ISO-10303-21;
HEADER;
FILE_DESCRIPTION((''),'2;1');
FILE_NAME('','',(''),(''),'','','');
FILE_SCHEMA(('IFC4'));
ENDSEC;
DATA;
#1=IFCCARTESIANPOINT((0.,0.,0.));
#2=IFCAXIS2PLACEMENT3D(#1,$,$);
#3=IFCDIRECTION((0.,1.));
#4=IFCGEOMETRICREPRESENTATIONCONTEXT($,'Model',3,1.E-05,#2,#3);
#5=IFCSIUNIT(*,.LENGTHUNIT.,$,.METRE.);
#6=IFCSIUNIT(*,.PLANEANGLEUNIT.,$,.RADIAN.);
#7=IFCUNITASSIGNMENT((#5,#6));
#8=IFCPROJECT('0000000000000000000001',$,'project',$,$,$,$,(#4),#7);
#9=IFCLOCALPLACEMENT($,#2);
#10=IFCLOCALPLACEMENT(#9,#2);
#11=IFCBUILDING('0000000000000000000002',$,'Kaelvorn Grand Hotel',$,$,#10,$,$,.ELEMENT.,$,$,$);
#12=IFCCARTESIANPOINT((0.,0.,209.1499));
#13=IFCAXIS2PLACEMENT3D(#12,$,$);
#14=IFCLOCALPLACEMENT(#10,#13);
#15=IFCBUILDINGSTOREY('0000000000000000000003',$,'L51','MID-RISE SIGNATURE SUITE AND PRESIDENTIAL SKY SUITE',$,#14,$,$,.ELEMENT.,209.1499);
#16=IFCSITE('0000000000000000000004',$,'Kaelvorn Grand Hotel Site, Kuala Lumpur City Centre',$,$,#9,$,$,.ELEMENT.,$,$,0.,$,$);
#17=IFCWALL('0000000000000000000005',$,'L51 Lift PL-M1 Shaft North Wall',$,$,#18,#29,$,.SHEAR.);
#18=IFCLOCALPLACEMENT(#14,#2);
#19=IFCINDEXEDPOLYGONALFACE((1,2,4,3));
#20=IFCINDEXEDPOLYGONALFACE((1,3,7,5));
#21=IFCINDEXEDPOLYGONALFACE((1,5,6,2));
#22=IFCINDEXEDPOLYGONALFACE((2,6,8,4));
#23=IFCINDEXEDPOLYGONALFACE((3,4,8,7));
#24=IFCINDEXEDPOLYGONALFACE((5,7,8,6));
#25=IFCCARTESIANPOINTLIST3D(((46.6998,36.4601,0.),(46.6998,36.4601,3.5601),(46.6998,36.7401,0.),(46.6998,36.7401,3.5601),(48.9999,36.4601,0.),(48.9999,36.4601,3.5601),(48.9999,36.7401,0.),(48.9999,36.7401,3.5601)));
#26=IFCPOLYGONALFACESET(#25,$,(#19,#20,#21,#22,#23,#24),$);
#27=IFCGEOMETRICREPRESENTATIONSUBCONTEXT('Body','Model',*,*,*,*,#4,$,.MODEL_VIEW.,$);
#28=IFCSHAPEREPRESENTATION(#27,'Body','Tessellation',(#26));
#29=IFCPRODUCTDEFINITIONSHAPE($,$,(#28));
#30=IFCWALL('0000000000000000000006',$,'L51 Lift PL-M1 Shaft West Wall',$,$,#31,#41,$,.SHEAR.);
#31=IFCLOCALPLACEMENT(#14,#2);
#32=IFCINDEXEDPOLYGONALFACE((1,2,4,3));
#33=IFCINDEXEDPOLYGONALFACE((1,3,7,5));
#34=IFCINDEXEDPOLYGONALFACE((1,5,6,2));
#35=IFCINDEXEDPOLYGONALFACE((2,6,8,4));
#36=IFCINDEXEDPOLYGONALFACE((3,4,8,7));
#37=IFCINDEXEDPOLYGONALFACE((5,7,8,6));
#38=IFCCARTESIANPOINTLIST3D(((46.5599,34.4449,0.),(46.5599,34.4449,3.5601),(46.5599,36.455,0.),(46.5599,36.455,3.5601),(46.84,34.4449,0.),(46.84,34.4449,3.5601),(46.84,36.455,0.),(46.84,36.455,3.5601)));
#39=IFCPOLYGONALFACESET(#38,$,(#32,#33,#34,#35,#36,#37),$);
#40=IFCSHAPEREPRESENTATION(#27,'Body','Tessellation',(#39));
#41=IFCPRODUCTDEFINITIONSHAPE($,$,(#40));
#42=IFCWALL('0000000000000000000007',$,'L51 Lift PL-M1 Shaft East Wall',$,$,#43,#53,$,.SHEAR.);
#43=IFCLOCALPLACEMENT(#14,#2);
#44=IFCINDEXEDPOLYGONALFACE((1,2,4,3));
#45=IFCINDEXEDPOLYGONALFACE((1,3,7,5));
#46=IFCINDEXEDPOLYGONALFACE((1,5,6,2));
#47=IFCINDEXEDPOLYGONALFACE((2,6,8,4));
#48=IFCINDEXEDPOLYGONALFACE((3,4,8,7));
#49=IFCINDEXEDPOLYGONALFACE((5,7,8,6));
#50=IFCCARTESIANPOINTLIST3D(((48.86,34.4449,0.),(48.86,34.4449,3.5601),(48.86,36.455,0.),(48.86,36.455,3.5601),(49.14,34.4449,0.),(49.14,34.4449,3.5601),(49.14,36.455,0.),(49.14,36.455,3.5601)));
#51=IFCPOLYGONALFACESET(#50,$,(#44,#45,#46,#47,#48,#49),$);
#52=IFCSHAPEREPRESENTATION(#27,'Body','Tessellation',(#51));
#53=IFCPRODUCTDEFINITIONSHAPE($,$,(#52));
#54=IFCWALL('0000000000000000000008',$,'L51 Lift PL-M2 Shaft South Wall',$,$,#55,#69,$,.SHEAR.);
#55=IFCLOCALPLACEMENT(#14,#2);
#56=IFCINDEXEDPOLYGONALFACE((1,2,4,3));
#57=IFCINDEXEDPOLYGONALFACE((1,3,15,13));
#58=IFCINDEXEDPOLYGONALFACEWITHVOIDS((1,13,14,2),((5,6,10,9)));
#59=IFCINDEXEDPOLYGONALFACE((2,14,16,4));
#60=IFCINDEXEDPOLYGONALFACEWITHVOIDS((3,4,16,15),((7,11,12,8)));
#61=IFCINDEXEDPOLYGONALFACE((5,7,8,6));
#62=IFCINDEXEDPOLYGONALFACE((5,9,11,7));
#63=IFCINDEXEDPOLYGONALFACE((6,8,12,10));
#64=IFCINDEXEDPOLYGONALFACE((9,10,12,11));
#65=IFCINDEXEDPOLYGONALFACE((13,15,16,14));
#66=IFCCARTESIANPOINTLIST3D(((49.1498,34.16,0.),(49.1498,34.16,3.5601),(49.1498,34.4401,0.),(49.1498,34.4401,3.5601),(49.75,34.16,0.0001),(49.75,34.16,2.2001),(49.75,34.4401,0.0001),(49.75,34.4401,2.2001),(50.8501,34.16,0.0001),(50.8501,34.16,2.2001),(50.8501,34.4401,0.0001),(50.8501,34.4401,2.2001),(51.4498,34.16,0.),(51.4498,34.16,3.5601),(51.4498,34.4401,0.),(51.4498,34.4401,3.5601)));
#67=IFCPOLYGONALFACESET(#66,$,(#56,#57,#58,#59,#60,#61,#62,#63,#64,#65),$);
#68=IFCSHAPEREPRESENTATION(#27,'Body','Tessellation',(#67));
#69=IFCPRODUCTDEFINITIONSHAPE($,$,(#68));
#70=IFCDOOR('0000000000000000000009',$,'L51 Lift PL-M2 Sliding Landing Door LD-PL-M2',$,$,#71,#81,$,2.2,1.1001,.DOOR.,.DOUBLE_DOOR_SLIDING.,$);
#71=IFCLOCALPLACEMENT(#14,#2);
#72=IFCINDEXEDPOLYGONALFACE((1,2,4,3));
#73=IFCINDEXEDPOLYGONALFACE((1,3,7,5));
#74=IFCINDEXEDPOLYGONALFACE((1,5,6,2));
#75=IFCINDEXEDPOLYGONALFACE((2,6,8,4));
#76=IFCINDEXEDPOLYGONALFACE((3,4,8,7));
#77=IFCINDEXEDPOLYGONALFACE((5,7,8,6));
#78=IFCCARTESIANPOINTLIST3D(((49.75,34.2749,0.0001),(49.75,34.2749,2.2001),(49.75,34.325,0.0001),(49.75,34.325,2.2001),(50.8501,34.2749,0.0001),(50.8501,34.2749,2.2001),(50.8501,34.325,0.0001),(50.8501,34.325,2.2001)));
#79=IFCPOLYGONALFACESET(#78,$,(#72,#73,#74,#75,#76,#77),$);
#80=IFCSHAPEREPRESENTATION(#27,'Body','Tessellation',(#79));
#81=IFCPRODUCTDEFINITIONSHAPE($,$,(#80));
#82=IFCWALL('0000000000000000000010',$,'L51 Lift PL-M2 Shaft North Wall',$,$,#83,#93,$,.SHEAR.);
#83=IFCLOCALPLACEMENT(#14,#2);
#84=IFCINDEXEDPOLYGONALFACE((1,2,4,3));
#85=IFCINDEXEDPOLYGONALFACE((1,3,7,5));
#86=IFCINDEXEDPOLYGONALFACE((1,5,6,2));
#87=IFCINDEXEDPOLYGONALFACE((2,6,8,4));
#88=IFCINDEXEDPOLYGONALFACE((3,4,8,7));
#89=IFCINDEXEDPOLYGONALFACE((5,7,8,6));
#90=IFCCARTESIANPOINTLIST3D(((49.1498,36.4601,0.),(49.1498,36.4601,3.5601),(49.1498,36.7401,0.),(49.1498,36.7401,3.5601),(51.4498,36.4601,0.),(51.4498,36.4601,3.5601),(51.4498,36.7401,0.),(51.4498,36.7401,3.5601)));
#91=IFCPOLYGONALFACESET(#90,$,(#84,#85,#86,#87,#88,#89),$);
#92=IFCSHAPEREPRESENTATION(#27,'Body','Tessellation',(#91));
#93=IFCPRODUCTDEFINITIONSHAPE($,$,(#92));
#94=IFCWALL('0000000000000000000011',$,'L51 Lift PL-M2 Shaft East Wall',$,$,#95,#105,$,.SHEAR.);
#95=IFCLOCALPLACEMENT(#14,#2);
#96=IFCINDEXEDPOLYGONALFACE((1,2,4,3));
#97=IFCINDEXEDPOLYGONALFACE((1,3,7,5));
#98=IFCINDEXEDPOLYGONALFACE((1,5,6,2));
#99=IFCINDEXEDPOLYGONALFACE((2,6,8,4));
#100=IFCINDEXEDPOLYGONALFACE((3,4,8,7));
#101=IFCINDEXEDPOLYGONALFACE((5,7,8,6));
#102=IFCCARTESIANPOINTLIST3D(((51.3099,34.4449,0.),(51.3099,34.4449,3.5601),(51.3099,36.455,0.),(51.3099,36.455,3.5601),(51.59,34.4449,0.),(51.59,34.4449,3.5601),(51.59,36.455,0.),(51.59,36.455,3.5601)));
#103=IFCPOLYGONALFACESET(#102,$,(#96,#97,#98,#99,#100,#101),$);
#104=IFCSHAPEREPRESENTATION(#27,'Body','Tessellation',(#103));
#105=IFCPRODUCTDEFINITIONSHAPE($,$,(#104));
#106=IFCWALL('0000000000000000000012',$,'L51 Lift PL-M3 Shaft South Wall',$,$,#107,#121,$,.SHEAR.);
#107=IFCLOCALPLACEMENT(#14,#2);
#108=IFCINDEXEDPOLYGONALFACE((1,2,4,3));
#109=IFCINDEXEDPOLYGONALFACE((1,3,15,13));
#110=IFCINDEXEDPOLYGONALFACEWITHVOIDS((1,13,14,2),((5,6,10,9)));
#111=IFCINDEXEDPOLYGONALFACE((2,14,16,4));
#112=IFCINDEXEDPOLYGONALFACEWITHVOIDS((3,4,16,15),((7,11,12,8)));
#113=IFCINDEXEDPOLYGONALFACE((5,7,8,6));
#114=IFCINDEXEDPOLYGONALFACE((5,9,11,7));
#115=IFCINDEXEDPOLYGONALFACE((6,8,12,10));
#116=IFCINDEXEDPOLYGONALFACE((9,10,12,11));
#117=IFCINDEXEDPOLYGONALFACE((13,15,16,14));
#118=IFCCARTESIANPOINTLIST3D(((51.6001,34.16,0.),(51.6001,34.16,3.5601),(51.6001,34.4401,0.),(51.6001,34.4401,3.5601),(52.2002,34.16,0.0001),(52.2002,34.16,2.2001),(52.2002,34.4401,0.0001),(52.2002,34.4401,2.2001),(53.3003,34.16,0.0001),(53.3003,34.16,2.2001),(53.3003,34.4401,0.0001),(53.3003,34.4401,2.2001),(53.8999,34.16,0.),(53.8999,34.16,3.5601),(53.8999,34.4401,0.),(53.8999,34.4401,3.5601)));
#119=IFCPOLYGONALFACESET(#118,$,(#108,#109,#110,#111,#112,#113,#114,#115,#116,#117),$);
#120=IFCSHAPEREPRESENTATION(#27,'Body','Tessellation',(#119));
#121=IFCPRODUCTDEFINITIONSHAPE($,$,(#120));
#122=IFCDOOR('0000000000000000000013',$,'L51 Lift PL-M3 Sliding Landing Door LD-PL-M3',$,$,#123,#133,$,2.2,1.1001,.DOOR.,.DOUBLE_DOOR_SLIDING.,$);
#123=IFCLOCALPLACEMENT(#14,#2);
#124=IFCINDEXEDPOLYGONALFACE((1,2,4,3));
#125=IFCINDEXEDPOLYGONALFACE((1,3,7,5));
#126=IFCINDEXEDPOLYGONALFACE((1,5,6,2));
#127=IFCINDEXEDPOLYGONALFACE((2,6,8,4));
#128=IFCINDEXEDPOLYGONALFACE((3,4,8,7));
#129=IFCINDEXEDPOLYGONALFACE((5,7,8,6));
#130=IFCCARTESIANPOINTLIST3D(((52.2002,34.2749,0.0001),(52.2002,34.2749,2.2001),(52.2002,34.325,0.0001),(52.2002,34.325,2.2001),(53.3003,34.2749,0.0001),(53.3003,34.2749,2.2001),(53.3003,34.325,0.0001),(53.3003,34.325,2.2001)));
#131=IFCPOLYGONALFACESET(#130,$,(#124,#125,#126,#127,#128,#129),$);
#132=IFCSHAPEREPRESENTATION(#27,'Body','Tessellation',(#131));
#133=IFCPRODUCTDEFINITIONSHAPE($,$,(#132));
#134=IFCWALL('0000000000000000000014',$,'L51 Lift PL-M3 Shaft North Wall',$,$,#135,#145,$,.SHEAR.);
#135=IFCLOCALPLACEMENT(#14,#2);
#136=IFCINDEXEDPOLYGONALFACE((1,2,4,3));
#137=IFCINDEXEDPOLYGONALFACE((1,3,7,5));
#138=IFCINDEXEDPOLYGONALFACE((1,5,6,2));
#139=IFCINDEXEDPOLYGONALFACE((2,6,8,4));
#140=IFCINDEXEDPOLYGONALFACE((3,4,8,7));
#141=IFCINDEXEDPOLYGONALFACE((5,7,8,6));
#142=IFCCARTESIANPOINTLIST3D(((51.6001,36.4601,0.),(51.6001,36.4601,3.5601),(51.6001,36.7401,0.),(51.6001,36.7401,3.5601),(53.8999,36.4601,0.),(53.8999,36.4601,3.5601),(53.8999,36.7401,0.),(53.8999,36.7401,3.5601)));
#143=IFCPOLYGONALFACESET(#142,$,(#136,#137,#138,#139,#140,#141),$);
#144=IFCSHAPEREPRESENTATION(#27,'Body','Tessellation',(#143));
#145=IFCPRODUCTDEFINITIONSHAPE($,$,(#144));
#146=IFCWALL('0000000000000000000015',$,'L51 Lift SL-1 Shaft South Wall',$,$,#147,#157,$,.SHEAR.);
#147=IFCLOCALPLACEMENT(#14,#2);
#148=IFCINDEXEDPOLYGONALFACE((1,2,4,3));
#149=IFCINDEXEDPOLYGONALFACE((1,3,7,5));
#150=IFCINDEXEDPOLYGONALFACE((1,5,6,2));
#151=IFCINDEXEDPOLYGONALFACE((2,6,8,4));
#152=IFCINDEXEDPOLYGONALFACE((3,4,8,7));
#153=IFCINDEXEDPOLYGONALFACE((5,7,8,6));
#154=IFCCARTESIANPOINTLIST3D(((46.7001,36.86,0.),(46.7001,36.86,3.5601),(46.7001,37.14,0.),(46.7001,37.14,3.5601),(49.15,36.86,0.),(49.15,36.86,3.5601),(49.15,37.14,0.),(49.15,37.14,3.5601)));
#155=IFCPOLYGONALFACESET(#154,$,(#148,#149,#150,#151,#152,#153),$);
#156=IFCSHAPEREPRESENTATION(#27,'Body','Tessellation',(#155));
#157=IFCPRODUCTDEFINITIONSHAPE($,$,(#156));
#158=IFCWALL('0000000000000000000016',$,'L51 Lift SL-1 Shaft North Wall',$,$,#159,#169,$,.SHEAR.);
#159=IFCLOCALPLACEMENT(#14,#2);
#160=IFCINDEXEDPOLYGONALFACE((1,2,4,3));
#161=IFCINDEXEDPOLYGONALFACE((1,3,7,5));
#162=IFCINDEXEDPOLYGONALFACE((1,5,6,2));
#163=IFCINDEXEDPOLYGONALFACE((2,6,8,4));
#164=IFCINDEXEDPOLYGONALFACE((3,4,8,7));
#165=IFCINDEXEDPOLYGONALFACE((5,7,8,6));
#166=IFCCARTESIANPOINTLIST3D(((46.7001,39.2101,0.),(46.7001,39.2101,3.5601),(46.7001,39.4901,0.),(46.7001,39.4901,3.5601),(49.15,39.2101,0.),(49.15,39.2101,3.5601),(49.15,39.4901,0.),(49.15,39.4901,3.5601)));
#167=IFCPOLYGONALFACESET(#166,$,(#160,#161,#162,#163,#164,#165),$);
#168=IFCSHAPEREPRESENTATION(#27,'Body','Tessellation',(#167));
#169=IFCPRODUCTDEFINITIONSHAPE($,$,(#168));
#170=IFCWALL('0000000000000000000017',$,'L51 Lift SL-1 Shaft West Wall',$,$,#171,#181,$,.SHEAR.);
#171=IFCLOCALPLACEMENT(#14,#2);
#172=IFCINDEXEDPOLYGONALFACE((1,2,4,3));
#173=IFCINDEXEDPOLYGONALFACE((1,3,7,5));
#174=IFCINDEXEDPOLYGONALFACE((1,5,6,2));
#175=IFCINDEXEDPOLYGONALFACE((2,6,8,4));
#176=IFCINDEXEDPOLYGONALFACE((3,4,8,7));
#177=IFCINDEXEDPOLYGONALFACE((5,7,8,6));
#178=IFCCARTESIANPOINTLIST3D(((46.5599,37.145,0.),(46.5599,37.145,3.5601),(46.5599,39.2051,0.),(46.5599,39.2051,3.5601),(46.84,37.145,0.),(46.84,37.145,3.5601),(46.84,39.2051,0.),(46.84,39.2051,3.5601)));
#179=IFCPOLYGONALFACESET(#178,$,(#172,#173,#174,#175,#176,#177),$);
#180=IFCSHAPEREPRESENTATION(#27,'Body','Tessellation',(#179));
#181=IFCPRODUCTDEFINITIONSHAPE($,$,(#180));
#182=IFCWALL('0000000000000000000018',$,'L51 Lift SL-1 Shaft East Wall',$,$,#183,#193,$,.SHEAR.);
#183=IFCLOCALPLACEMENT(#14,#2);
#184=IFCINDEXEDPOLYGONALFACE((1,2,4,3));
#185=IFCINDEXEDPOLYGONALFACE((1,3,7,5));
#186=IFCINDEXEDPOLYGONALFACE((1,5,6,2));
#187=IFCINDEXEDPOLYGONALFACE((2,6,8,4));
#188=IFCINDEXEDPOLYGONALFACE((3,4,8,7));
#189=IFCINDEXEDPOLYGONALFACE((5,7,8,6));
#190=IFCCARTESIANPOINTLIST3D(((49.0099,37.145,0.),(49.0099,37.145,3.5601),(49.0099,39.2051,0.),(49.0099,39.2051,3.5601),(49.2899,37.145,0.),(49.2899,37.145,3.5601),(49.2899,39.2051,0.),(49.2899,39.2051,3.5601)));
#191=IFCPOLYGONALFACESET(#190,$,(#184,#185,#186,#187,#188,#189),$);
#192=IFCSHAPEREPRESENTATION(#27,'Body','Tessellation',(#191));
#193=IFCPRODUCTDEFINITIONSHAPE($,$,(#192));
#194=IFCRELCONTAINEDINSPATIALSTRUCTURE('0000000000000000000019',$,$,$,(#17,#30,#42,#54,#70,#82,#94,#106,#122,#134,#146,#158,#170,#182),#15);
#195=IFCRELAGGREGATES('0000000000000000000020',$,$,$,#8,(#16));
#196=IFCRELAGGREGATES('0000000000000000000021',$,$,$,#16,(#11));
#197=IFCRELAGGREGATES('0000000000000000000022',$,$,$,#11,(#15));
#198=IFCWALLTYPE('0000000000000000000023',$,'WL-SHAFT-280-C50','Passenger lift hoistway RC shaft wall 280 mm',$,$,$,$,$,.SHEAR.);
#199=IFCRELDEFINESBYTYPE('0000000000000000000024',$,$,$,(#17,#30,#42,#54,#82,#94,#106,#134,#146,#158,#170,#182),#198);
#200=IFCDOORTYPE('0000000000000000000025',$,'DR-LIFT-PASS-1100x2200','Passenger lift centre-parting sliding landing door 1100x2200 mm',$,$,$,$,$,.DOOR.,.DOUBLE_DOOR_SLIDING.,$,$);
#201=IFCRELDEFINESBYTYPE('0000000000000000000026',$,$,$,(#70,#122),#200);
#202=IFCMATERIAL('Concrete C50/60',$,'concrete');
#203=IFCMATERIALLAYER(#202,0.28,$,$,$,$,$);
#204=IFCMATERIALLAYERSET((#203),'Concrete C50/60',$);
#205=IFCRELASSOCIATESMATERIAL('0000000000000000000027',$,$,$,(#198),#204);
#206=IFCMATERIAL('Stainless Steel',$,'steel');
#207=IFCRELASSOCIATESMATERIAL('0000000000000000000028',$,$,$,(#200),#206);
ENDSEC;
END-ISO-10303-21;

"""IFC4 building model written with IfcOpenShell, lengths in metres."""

from ifc_helpers import new_model, si_unit, direction, frame, frame_2d, origin, place, context, subcontext, project, spatial, rectangle, extrude, material, layer, layer_set, type_object, element, fill, save


model = new_model("IFC4")

# Units and contexts
model_context = context("Model", 3, precision=1e-05, world=origin(), true_north=direction((0.0, 1.0)))
body_context = subcontext(model_context, "Body", "Model", "MODEL_VIEW")
ifc_project = project(units=[si_unit("LENGTHUNIT", "METRE"), si_unit("PLANEANGLEUNIT", "RADIAN")], contexts=[model_context])

# Site, building, storey
site_placement = place(None, origin())
site = spatial("IfcSite", under=ifc_project, at=site_placement, Name="Kaelvorn Grand Hotel Site, Kuala Lumpur City Centre", CompositionType="ELEMENT", RefElevation=0.0)
building_placement = place(site_placement, origin())
building = spatial("IfcBuilding", under=site, at=building_placement, Name="Kaelvorn Grand Hotel", CompositionType="ELEMENT")
storey_placement = place(building_placement, frame((0.0, 0.0, 209.1499)))
storey = spatial("IfcBuildingStorey", under=building, at=storey_placement, Name="L51", Description="MID-RISE SIGNATURE SUITE AND PRESIDENTIAL SKY SUITE", CompositionType="ELEMENT", Elevation=209.1499)

# Shared definitions
ifc_material_1 = material(Name="Concrete C50/60", Category="concrete")

# Shared definitions
ifc_layer_1 = layer(ifc_material_1, 0.28)
ifc_layer_set_1 = layer_set([ifc_layer_1], Name="Concrete C50/60")
wall_type_1 = type_object("IfcWallType", Name="WL-SHAFT-280-C50", Description="Passenger lift hoistway RC shaft wall 280 mm", PredefinedType="SHEAR", material=ifc_layer_set_1)
ifc_material_2 = material(Name="Stainless Steel", Category="steel")
door_type_1 = type_object("IfcDoorType", Name="DR-LIFT-PASS-1100x2200", Description="Passenger lift centre-parting sliding landing door 1100x2200 mm", OperationType="DOUBLE_DOOR_SLIDING", PredefinedType="DOOR", material=ifc_material_2)

# Walls
wall_1_placement = place(storey_placement, frame((46.7, 36.6001, 0.0), z_axis=(0.0, 0.0, 1.0), x_axis=(1.0, 0.0, 0.0)))
element("IfcWall", 1, at=wall_1_placement, inside=storey, type_object=wall_type_1, Name="L51 Lift PL-M1 Shaft North Wall", PredefinedType="SHEAR", context=body_context, shape_type="SweptSolid", body=[
    extrude(rectangle(XDim=2.3, YDim=0.28, at=frame_2d((1.1499, 0.0))), origin(), (0.0, 0.0, 1.0), 3.5601),
])
for number, where, z_axis, x_axis, name in (
    (2, (46.7, 34.4451, 0.0), (0.0, 0.0, 1.0), (0.0, 1.0, 0.0), "L51 Lift PL-M1 Shaft West Wall"),
    (3, (49.0, 34.4451, 0.0), (0.0, 0.0, 1.0), (0.0, 1.0, 0.0), "L51 Lift PL-M1 Shaft East Wall"),
):
    element("IfcWall", number, at=place(storey_placement, frame(where, z_axis=z_axis, x_axis=x_axis)), inside=storey, type_object=wall_type_1, Name=name, PredefinedType="SHEAR", context=body_context, shape_type="SweptSolid", body=[
        extrude(rectangle(XDim=2.01, YDim=0.28, at=frame_2d((1.0049, 0.0))), origin(), (0.0, 0.0, 1.0), 3.5601),
    ])

# Wall, opening, door
wall_2_placement = place(storey_placement, frame((49.1499, 34.3, 0.0), z_axis=(0.0, 0.0, 1.0), x_axis=(1.0, 0.0, 0.0)))
wall_2 = element("IfcWall", 4, at=wall_2_placement, inside=storey, type_object=wall_type_1, Name="L51 Lift PL-M2 Shaft South Wall", PredefinedType="SHEAR", context=body_context, shape_type="SweptSolid", body=[
    extrude(rectangle(XDim=2.3, YDim=0.28, at=frame_2d((1.1499, 0.0))), origin(), (0.0, 0.0, 1.0), 3.5601),
])
opening_1_placement = place(wall_2_placement, frame((0.6001, 0.0, 0.0)))
opening_1 = element("IfcOpeningElement", 5, at=opening_1_placement, cuts=wall_2, PredefinedType="OPENING", context=body_context, shape_type="SweptSolid", body=[
    extrude(rectangle(XDim=1.1001, YDim=2.2, at=frame_2d((0.55, 1.1001))), frame((0.0, 0.1499, 0.0), z_axis=(0.0, -1.0, 0.0), x_axis=(1.0, 0.0, 0.0)), (0.0, 0.0, 1.0), 0.3),
])
door_1_placement = place(opening_1_placement, origin())
door_1 = element("IfcDoor", 6, at=door_1_placement, inside=storey, type_object=door_type_1, Name="L51 Lift PL-M2 Sliding Landing Door LD-PL-M2", OperationType="DOUBLE_DOOR_SLIDING", OverallHeight=2.2, OverallWidth=1.1001, PredefinedType="DOOR", context=body_context, shape_type="SweptSolid", body=[
    extrude(rectangle(XDim=1.1001, YDim=2.2, at=frame_2d((0.55, 1.1001))), frame((0.0, 0.0249, 0.0), z_axis=(0.0, -1.0, 0.0), x_axis=(1.0, 0.0, 0.0)), (0.0, 0.0, 1.0), 0.05),
])
fill(opening_1, door_1)

# Walls
wall_3_placement = place(storey_placement, frame((49.1499, 36.6001, 0.0), z_axis=(0.0, 0.0, 1.0), x_axis=(1.0, 0.0, 0.0)))
element("IfcWall", 7, at=wall_3_placement, inside=storey, type_object=wall_type_1, Name="L51 Lift PL-M2 Shaft North Wall", PredefinedType="SHEAR", context=body_context, shape_type="SweptSolid", body=[
    extrude(rectangle(XDim=2.3, YDim=0.28, at=frame_2d((1.1499, 0.0))), origin(), (0.0, 0.0, 1.0), 3.5601),
])
wall_4_placement = place(storey_placement, frame((51.45, 34.4451, 0.0), z_axis=(0.0, 0.0, 1.0), x_axis=(0.0, 1.0, 0.0)))
element("IfcWall", 8, at=wall_4_placement, inside=storey, type_object=wall_type_1, Name="L51 Lift PL-M2 Shaft East Wall", PredefinedType="SHEAR", context=body_context, shape_type="SweptSolid", body=[
    extrude(rectangle(XDim=2.01, YDim=0.28, at=frame_2d((1.0049, 0.0))), origin(), (0.0, 0.0, 1.0), 3.5601),
])

# Wall, opening, door
wall_5_placement = place(storey_placement, frame((51.6001, 34.3, 0.0), z_axis=(0.0, 0.0, 1.0), x_axis=(1.0, 0.0, 0.0)))
wall_5 = element("IfcWall", 9, at=wall_5_placement, inside=storey, type_object=wall_type_1, Name="L51 Lift PL-M3 Shaft South Wall", PredefinedType="SHEAR", context=body_context, shape_type="SweptSolid", body=[
    extrude(rectangle(XDim=2.2998, YDim=0.28, at=frame_2d((1.1499, 0.0))), origin(), (0.0, 0.0, 1.0), 3.5601),
])
opening_2_placement = place(wall_5_placement, frame((0.6001, 0.0, 0.0)))
opening_2 = element("IfcOpeningElement", 10, at=opening_2_placement, cuts=wall_5, PredefinedType="OPENING", context=body_context, shape_type="SweptSolid", body=[
    extrude(rectangle(XDim=1.1001, YDim=2.2, at=frame_2d((0.55, 1.1001))), frame((0.0, 0.1499, 0.0), z_axis=(0.0, -1.0, 0.0), x_axis=(1.0, 0.0, 0.0)), (0.0, 0.0, 1.0), 0.3),
])
door_2_placement = place(opening_2_placement, origin())
door_2 = element("IfcDoor", 11, at=door_2_placement, inside=storey, type_object=door_type_1, Name="L51 Lift PL-M3 Sliding Landing Door LD-PL-M3", OperationType="DOUBLE_DOOR_SLIDING", OverallHeight=2.2, OverallWidth=1.1001, PredefinedType="DOOR", context=body_context, shape_type="SweptSolid", body=[
    extrude(rectangle(XDim=1.1001, YDim=2.2, at=frame_2d((0.55, 1.1001))), frame((0.0, 0.0249, 0.0), z_axis=(0.0, -1.0, 0.0), x_axis=(1.0, 0.0, 0.0)), (0.0, 0.0, 1.0), 0.05),
])
fill(opening_2, door_2)

# Walls
wall_6_placement = place(storey_placement, frame((51.6001, 36.6001, 0.0), z_axis=(0.0, 0.0, 1.0), x_axis=(1.0, 0.0, 0.0)))
element("IfcWall", 12, at=wall_6_placement, inside=storey, type_object=wall_type_1, Name="L51 Lift PL-M3 Shaft North Wall", PredefinedType="SHEAR", context=body_context, shape_type="SweptSolid", body=[
    extrude(rectangle(XDim=2.2998, YDim=0.28, at=frame_2d((1.1499, 0.0))), origin(), (0.0, 0.0, 1.0), 3.5601),
])
for number, where, z_axis, x_axis, name in (
    (13, (46.7, 37.0, 0.0), (0.0, 0.0, 1.0), (1.0, 0.0, 0.0), "L51 Lift SL-1 Shaft South Wall"),
    (14, (46.7, 39.3501, 0.0), (0.0, 0.0, 1.0), (1.0, 0.0, 0.0), "L51 Lift SL-1 Shaft North Wall"),
):
    element("IfcWall", number, at=place(storey_placement, frame(where, z_axis=z_axis, x_axis=x_axis)), inside=storey, type_object=wall_type_1, Name=name, PredefinedType="SHEAR", context=body_context, shape_type="SweptSolid", body=[
        extrude(rectangle(XDim=2.45, YDim=0.28, at=frame_2d((1.2251, 0.0))), origin(), (0.0, 0.0, 1.0), 3.5601),
    ])
for number, where, z_axis, x_axis, name in (
    (15, (46.7, 37.145, 0.0), (0.0, 0.0, 1.0), (0.0, 1.0, 0.0), "L51 Lift SL-1 Shaft West Wall"),
    (16, (49.1499, 37.145, 0.0), (0.0, 0.0, 1.0), (0.0, 1.0, 0.0), "L51 Lift SL-1 Shaft East Wall"),
):
    element("IfcWall", number, at=place(storey_placement, frame(where, z_axis=z_axis, x_axis=x_axis)), inside=storey, type_object=wall_type_1, Name=name, PredefinedType="SHEAR", context=body_context, shape_type="SweptSolid", body=[
        extrude(rectangle(XDim=2.0601, YDim=0.28, at=frame_2d((1.03, 0.0))), origin(), (0.0, 0.0, 1.0), 3.5601),
    ])

save(model, "model.ifc")
